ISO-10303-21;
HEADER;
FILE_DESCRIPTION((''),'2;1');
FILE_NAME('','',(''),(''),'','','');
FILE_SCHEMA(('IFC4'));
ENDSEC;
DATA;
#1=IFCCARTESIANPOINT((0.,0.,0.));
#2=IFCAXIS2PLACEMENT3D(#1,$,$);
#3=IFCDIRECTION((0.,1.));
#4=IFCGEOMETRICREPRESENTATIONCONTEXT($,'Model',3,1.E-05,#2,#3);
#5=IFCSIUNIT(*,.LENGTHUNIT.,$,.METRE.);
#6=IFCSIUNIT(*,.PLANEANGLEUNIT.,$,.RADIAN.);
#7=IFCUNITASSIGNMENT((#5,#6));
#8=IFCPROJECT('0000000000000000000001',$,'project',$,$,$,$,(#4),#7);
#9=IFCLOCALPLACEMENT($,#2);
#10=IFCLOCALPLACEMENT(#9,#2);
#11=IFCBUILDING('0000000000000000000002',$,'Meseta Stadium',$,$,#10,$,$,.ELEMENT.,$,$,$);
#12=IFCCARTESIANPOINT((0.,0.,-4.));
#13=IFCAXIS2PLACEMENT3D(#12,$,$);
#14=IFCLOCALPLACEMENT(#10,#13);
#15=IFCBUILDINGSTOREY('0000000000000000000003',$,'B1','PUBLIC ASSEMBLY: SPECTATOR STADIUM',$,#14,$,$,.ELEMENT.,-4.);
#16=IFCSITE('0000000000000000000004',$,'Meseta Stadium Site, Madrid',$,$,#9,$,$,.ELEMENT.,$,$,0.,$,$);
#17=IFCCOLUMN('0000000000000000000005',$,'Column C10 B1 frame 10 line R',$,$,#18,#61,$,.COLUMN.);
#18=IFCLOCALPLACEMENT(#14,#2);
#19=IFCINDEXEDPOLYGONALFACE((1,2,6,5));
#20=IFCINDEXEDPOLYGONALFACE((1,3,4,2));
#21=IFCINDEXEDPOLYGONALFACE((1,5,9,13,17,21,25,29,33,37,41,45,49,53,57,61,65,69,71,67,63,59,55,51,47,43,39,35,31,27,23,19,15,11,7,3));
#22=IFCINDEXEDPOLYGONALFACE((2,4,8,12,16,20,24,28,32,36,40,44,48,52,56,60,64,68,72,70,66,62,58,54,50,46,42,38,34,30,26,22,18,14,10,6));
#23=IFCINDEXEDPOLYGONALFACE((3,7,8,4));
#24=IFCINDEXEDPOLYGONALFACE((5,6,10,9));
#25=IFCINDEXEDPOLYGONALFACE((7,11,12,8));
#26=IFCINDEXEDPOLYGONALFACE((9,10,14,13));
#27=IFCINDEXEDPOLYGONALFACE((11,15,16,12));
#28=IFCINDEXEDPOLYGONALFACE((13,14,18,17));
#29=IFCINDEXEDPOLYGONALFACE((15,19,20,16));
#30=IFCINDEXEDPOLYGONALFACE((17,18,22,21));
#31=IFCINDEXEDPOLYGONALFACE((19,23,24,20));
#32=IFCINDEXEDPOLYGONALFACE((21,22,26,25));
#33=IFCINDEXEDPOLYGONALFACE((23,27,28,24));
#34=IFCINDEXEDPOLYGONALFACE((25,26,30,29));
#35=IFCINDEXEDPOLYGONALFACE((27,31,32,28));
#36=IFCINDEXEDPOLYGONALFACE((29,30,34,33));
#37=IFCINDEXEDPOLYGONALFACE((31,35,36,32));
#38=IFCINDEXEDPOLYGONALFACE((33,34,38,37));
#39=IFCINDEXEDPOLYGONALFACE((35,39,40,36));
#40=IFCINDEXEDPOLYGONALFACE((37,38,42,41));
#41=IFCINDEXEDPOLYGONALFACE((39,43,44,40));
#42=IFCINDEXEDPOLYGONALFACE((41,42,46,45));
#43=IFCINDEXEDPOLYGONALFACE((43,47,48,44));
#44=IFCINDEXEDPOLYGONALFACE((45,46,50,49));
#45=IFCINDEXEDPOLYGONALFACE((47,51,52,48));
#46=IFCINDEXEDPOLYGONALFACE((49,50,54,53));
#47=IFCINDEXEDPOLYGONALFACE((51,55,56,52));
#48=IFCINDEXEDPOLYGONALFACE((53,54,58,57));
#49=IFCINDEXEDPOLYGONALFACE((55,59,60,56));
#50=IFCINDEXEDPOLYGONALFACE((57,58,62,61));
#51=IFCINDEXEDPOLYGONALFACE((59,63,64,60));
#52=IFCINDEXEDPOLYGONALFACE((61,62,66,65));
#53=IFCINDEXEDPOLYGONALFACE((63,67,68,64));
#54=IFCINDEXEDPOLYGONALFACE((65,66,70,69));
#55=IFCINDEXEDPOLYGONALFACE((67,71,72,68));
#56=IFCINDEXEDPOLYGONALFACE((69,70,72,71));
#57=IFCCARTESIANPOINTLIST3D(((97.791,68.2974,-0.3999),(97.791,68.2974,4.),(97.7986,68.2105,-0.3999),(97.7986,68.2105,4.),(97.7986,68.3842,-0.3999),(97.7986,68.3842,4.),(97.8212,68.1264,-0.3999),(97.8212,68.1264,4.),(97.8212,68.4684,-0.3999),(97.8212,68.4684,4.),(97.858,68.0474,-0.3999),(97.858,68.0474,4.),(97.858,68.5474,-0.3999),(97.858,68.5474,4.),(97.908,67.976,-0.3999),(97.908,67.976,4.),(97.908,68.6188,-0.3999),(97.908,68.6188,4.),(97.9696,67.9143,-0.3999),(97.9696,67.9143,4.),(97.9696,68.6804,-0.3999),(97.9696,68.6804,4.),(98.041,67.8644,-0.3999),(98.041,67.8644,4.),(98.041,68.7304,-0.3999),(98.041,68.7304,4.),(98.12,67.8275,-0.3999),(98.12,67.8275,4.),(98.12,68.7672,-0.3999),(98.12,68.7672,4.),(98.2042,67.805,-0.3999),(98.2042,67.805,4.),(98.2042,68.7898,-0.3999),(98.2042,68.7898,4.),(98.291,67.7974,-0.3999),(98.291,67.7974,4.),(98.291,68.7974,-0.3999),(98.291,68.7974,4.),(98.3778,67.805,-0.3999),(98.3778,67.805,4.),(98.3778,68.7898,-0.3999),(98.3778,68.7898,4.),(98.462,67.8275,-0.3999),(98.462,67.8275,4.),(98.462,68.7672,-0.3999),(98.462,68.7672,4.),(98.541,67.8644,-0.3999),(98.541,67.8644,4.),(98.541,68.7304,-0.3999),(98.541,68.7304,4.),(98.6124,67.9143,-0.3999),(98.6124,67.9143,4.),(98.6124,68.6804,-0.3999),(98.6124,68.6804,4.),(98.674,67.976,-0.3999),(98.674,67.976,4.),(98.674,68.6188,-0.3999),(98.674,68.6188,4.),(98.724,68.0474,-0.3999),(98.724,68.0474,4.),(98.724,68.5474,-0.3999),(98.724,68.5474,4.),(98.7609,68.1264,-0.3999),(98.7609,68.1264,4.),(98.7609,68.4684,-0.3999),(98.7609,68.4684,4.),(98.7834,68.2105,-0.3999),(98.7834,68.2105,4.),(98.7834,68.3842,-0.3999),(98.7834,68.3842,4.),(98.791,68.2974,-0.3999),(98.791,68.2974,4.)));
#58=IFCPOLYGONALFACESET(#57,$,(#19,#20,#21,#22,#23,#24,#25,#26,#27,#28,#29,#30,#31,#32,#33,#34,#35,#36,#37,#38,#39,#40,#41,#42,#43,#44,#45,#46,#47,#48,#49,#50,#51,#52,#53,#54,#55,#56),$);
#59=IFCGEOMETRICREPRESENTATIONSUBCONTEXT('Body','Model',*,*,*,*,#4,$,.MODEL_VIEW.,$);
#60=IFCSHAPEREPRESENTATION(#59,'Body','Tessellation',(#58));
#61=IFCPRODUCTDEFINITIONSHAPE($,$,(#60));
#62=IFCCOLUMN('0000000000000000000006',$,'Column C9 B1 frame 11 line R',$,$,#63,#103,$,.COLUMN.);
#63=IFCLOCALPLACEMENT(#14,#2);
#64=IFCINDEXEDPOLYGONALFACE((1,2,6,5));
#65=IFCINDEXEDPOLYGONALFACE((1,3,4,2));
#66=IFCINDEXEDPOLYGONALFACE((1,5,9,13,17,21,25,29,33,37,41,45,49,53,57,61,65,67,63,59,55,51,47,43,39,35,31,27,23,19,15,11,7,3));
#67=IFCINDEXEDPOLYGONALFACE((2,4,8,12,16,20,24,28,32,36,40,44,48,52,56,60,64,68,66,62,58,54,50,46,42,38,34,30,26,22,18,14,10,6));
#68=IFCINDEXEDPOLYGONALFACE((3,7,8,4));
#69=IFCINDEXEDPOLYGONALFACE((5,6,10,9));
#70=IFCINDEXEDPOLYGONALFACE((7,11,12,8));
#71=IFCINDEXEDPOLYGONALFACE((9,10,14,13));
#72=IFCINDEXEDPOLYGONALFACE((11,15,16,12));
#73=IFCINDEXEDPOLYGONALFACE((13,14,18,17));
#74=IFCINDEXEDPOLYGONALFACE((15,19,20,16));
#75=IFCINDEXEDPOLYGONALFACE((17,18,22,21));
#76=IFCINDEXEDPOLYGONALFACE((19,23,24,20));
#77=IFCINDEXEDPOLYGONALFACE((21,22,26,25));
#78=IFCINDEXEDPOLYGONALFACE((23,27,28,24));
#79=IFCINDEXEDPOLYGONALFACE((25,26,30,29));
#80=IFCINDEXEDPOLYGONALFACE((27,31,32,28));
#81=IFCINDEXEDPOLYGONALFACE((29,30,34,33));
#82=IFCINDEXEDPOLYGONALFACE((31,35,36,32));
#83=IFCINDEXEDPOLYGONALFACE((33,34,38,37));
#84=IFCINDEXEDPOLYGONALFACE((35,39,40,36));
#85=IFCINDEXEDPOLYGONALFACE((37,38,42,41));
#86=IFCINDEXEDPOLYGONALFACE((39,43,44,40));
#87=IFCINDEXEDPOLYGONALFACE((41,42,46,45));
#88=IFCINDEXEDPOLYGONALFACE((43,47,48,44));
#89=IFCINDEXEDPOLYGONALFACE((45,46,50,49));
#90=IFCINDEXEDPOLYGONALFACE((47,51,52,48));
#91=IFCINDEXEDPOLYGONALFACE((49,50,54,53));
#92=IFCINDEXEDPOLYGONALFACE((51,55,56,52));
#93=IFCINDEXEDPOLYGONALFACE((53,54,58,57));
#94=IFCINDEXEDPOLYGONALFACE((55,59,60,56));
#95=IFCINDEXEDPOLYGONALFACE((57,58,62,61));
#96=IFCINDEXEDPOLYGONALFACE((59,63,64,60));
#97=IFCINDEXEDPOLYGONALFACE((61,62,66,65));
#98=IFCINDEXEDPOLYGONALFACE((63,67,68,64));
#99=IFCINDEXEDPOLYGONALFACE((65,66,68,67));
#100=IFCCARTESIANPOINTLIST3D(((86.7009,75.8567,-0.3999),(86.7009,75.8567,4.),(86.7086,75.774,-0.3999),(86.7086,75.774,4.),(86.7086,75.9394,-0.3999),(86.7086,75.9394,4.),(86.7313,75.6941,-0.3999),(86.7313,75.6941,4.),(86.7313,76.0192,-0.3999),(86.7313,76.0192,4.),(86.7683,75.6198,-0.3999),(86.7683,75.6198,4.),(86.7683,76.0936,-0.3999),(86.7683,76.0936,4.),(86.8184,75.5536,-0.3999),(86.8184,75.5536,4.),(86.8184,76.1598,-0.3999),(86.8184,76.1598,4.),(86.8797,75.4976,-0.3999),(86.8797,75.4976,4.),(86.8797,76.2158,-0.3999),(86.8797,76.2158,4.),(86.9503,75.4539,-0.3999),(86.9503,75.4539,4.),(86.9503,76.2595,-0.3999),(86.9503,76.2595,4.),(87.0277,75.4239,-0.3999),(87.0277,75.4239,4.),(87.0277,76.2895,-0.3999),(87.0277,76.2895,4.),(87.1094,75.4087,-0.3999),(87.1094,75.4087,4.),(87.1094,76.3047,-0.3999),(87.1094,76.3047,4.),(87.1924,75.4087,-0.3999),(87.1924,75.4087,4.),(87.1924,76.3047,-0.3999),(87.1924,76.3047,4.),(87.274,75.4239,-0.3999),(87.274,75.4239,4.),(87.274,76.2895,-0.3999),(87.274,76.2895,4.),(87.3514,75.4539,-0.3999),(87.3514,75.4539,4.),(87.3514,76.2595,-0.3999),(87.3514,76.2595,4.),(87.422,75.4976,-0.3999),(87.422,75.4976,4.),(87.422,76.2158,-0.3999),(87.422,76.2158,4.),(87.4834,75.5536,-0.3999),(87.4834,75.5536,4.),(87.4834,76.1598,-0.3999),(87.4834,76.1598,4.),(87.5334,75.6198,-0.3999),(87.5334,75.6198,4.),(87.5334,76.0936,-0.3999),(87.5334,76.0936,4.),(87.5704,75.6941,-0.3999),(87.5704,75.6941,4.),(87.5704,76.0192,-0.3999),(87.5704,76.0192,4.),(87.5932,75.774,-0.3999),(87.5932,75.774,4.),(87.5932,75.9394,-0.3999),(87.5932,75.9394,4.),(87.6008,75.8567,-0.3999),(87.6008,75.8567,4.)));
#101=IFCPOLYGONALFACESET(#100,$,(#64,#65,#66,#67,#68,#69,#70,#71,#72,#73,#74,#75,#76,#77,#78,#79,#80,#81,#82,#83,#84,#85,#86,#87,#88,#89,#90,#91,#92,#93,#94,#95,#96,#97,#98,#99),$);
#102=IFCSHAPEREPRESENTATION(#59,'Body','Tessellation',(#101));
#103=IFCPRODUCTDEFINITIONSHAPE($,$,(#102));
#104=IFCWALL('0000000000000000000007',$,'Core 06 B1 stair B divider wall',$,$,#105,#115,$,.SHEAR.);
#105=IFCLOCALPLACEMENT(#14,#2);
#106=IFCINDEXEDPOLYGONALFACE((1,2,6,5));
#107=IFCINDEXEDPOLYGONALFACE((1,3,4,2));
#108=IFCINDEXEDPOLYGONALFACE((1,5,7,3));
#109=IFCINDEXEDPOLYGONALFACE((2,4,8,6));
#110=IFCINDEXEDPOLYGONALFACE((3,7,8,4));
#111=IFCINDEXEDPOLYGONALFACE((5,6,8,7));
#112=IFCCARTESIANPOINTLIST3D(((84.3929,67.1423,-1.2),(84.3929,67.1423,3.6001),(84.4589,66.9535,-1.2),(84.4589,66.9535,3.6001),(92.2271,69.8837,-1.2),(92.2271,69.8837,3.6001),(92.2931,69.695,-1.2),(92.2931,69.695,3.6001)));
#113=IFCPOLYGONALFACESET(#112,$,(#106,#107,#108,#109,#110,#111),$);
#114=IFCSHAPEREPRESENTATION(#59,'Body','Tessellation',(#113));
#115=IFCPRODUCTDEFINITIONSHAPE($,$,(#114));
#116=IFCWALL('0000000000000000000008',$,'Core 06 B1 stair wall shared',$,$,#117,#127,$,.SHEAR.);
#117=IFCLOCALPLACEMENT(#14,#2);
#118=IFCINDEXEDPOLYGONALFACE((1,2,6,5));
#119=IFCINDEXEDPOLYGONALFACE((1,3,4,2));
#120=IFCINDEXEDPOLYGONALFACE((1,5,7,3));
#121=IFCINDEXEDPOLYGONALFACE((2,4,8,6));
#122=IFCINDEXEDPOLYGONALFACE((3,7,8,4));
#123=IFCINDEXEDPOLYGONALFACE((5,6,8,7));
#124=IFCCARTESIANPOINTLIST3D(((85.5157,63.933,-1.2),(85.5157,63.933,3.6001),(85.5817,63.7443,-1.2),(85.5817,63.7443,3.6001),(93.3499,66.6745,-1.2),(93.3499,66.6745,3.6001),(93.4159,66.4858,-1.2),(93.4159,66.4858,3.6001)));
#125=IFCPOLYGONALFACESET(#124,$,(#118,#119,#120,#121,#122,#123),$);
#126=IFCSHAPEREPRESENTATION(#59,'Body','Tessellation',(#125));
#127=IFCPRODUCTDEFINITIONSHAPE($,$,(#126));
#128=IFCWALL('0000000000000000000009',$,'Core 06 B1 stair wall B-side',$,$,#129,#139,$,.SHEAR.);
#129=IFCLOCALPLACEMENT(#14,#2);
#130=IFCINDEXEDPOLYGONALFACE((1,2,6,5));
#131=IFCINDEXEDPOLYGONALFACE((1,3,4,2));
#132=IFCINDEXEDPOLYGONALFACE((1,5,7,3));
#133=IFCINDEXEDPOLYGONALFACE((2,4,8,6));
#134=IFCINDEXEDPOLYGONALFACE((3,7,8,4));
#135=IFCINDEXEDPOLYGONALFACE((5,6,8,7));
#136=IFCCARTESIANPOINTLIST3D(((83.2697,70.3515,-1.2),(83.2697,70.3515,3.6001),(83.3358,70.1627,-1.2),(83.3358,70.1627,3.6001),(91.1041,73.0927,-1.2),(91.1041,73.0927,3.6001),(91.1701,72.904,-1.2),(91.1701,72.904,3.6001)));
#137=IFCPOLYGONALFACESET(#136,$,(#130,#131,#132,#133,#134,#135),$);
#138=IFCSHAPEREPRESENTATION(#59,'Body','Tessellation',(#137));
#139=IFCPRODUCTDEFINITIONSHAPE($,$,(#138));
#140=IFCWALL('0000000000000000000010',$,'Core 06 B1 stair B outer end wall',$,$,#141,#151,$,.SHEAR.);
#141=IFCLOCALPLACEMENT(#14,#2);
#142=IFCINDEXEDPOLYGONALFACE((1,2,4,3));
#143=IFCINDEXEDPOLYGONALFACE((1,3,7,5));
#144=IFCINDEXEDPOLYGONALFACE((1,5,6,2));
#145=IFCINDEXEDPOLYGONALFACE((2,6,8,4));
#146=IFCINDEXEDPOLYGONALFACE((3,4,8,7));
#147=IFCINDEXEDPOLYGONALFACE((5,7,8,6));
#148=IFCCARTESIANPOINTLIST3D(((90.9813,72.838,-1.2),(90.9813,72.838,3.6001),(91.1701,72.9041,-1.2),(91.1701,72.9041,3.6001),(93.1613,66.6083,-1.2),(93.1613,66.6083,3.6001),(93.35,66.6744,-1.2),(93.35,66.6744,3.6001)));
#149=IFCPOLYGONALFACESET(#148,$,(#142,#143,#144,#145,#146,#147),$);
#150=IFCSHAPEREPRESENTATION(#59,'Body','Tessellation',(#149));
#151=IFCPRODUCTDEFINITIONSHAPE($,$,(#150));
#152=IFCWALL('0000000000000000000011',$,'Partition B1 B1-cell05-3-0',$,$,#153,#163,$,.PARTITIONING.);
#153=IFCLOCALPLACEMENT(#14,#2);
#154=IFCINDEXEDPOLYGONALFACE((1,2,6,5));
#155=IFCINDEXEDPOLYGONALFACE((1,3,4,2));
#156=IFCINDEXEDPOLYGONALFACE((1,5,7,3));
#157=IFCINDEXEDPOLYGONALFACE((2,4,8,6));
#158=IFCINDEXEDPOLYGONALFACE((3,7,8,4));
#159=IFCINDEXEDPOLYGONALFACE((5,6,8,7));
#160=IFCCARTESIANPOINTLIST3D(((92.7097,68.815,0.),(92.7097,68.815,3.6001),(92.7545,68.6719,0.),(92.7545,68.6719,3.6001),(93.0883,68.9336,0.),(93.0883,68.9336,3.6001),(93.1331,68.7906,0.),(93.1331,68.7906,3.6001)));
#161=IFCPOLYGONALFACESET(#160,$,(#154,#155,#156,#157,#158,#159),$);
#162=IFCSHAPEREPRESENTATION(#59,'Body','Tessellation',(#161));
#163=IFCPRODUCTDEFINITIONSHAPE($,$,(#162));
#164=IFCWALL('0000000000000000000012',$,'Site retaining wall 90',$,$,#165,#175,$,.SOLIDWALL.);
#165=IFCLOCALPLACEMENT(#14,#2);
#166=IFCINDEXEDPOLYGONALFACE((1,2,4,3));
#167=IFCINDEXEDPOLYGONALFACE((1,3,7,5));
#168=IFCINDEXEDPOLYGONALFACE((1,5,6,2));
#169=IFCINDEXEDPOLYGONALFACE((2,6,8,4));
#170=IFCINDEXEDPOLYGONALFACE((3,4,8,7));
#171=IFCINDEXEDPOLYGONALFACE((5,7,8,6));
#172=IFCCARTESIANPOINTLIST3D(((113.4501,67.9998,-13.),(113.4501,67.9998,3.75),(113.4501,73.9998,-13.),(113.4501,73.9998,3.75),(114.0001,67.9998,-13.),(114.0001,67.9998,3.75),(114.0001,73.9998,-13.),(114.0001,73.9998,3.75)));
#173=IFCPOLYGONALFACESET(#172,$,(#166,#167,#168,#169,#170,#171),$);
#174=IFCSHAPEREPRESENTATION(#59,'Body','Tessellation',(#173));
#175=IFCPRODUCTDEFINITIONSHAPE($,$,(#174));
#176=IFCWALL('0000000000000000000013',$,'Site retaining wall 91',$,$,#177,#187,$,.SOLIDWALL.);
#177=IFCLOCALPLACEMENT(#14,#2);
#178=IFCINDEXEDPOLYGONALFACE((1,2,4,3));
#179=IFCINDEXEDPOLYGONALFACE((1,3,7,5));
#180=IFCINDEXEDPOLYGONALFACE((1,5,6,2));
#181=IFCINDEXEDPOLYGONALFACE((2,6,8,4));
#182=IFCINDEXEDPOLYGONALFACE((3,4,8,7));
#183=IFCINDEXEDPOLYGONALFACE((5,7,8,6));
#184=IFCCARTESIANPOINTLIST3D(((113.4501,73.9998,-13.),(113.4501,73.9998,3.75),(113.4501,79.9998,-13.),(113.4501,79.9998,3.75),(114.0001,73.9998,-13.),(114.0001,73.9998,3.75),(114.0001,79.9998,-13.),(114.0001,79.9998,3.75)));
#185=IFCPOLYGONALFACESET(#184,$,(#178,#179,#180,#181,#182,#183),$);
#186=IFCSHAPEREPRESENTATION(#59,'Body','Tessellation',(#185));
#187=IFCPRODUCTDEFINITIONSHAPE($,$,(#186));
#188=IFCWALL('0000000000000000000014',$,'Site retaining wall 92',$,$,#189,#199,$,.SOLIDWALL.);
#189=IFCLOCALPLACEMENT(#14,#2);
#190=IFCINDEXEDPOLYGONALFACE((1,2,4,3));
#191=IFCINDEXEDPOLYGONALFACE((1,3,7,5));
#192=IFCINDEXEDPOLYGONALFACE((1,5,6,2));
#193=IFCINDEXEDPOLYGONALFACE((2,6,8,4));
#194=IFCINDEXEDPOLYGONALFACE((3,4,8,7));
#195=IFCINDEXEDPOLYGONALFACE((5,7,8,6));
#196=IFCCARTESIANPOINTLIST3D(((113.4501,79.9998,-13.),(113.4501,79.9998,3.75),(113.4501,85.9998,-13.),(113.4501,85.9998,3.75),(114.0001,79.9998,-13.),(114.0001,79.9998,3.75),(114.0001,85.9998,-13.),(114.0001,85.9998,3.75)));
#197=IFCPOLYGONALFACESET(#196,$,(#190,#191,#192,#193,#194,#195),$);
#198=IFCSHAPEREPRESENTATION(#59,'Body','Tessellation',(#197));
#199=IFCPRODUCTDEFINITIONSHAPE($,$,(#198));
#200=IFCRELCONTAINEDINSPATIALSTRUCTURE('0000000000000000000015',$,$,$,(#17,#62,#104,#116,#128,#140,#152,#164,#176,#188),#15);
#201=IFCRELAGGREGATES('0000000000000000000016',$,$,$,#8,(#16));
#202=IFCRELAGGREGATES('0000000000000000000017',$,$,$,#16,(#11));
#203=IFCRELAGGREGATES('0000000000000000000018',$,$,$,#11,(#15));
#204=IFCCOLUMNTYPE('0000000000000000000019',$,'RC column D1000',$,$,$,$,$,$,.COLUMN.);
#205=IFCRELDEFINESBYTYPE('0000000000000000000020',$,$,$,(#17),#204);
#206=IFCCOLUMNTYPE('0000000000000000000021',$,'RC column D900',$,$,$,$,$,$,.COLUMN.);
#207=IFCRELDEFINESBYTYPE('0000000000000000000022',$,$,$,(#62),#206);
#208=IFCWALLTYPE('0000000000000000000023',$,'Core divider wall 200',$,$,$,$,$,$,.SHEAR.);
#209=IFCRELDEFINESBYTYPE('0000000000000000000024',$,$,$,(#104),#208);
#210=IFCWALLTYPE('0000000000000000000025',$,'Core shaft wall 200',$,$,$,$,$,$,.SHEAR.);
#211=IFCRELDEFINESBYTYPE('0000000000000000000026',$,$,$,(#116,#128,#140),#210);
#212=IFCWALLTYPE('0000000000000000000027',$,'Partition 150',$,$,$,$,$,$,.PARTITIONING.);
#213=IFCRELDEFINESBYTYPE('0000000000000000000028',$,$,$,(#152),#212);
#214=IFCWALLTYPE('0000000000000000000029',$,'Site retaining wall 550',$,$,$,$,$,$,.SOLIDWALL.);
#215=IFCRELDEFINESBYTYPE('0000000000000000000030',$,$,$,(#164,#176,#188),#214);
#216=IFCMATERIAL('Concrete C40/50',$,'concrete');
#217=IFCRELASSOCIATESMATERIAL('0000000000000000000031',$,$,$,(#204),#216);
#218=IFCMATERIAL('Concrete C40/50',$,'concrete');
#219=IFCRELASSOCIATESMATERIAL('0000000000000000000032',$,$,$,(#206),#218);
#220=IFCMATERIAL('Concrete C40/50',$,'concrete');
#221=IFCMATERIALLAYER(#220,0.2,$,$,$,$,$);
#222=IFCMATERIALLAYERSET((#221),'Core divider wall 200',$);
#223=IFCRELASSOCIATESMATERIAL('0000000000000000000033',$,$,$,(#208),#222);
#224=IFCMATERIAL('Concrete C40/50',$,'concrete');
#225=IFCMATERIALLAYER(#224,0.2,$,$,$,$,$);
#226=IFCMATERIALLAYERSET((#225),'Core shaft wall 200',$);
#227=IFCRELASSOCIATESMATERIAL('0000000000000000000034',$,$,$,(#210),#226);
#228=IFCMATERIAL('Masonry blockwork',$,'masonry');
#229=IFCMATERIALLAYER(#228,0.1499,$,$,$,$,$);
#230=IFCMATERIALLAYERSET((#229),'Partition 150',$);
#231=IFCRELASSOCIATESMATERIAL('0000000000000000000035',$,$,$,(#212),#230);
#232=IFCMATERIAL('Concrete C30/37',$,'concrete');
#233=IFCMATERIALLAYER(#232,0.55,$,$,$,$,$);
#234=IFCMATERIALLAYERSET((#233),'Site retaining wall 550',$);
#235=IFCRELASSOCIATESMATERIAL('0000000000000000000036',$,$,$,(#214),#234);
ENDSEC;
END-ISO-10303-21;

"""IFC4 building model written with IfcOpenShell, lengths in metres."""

from ifc_helpers import new_model, si_unit, direction, frame, frame_2d, origin, origin_2d, place, context, subcontext, project, spatial, rectangle, circle, extrude, material, layer, layer_set, material_profile, profile_set, type_object, element, save


model = new_model("IFC4")

# Units and contexts
model_context = context("Model", 3, precision=1e-05, world=origin(), true_north=direction((0.0, 1.0)))
body_context = subcontext(model_context, "Body", "Model", "MODEL_VIEW")
ifc_project = project(units=[si_unit("LENGTHUNIT", "METRE"), si_unit("PLANEANGLEUNIT", "RADIAN")], contexts=[model_context])

# Site, building, storey
site_placement = place(None, origin())
site = spatial("IfcSite", under=ifc_project, at=site_placement, Name="Meseta Stadium Site, Madrid", CompositionType="ELEMENT", RefElevation=0.0)
building_placement = place(site_placement, origin())
building = spatial("IfcBuilding", under=site, at=building_placement, Name="Meseta Stadium", CompositionType="ELEMENT")
storey_placement = place(building_placement, frame((0.0, 0.0, -4.0)))
storey = spatial("IfcBuildingStorey", under=building, at=storey_placement, Name="B1", Description="PUBLIC ASSEMBLY: SPECTATOR STADIUM", CompositionType="ELEMENT", Elevation=-4.0)

# Columns
ifc_material_1 = material(Name="Concrete C40/50", Category="concrete")
ifc_material_profile_1 = material_profile(ifc_material_1, circle(Radius=0.5, at=origin_2d()), Name="RC D1000")
ifc_profile_set_1 = profile_set([ifc_material_profile_1], Name="Concrete C40/50")
column_type_1 = type_object("IfcColumnType", Name="RC column D1000", PredefinedType="COLUMN", material=ifc_profile_set_1)
column_1_placement = place(storey_placement, frame((98.291, 68.2974, -0.3999), z_axis=(0.0, 0.0, 1.0), x_axis=(1.0, 0.0, 0.0)))
element("IfcColumn", 1, at=column_1_placement, inside=storey, type_object=column_type_1, Name="Column C10 B1 frame 10 line R", PredefinedType="COLUMN", context=body_context, shape_type="SweptSolid", body=[
    extrude(circle(Radius=0.5, at=origin_2d()), origin(), (0.0, 0.0, 1.0), 4.3999),
])
ifc_material_2 = material(Name="Concrete C40/50", Category="concrete")
ifc_material_profile_2 = material_profile(ifc_material_2, circle(Radius=0.45, at=origin_2d()), Name="RC D900")
ifc_profile_set_2 = profile_set([ifc_material_profile_2], Name="Concrete C40/50")
column_type_2 = type_object("IfcColumnType", Name="RC column D900", PredefinedType="COLUMN", material=ifc_profile_set_2)
column_2_placement = place(storey_placement, frame((87.1509, 75.8567, -0.3999), z_axis=(0.0, 0.0, 1.0), x_axis=(1.0, 0.0, 0.0)))
element("IfcColumn", 2, at=column_2_placement, inside=storey, type_object=column_type_2, Name="Column C9 B1 frame 11 line R", PredefinedType="COLUMN", context=body_context, shape_type="SweptSolid", body=[
    extrude(circle(Radius=0.45, at=origin_2d()), origin(), (0.0, 0.0, 1.0), 4.3999),
])

# Walls
ifc_material_3 = material(Name="Concrete C40/50", Category="concrete")
ifc_layer_1 = layer(ifc_material_3, 0.2)
ifc_layer_set_1 = layer_set([ifc_layer_1], Name="Core divider wall 200")
wall_type_1 = type_object("IfcWallType", Name="Core divider wall 200", PredefinedType="SHEAR", material=ifc_layer_set_1)
wall_1_placement = place(storey_placement, frame((92.26, 69.7893, -1.2), z_axis=(0.0, 0.0, 1.0), x_axis=(-0.943878, -0.330294, 0.0)))
element("IfcWall", 3, at=wall_1_placement, inside=storey, type_object=wall_type_1, Name="Core 06 B1 stair B divider wall", PredefinedType="SHEAR", context=body_context, shape_type="SweptSolid", body=[
    extrude(rectangle(XDim=8.3, YDim=0.2, at=frame_2d((4.1499, 0.0))), origin(), (0.0, 0.0, 1.0), 4.8),
])
ifc_material_4 = material(Name="Concrete C40/50", Category="concrete")
ifc_layer_2 = layer(ifc_material_4, 0.2)
ifc_layer_set_2 = layer_set([ifc_layer_2], Name="Core shaft wall 200")
wall_type_2 = type_object("IfcWallType", Name="Core shaft wall 200", PredefinedType="SHEAR", material=ifc_layer_set_2)
for number, where, z_axis, x_axis, name in (
    (4, (93.3828, 66.5801, -1.2), (0.0, 0.0, 1.0), (-0.943878, -0.330294, 0.0), "Core 06 B1 stair wall shared"),
    (5, (91.137, 72.9983, -1.2), (0.0, 0.0, 1.0), (-0.943887, -0.330268, 0.0), "Core 06 B1 stair wall B-side"),
):
    element("IfcWall", number, at=place(storey_placement, frame(where, z_axis=z_axis, x_axis=x_axis)), inside=storey, type_object=wall_type_2, Name=name, PredefinedType="SHEAR", context=body_context, shape_type="SweptSolid", body=[
        extrude(rectangle(XDim=8.3, YDim=0.2, at=frame_2d((4.1499, 0.0))), origin(), (0.0, 0.0, 1.0), 4.8),
    ])
wall_2_placement = place(storey_placement, frame((93.2556, 66.6414, -1.2), z_axis=(0.0, 0.0, 1.0), x_axis=(-0.330286, 0.943881, 0.0)))
element("IfcWall", 6, at=wall_2_placement, inside=storey, type_object=wall_type_2, Name="Core 06 B1 stair B outer end wall", PredefinedType="SHEAR", context=body_context, shape_type="SweptSolid", body=[
    extrude(rectangle(XDim=6.6001, YDim=0.2, at=frame_2d((3.3, 0.0))), origin(), (0.0, 0.0, 1.0), 4.8),
])
ifc_material_5 = material(Name="Masonry blockwork", Category="masonry")
ifc_layer_3 = layer(ifc_material_5, 0.1499)
ifc_layer_set_3 = layer_set([ifc_layer_3], Name="Partition 150")
wall_type_3 = type_object("IfcWallType", Name="Partition 150", PredefinedType="PARTITIONING", material=ifc_layer_set_3)
wall_3_placement = place(storey_placement, frame((93.1106, 68.8621, 0.0), z_axis=(0.0, 0.0, 1.0), x_axis=(-0.95425, -0.299011, 0.0)))
element("IfcWall", 7, at=wall_3_placement, inside=storey, type_object=wall_type_3, Name="Partition B1 B1-cell05-3-0", PredefinedType="PARTITIONING", context=body_context, shape_type="SweptSolid", body=[
    extrude(rectangle(XDim=0.3967, YDim=0.1499, at=frame_2d((0.1982, 0.0))), origin(), (0.0, 0.0, 1.0), 3.6001),
])
ifc_material_6 = material(Name="Concrete C30/37", Category="concrete")
ifc_layer_4 = layer(ifc_material_6, 0.55)
ifc_layer_set_4 = layer_set([ifc_layer_4], Name="Site retaining wall 550")
wall_type_4 = type_object("IfcWallType", Name="Site retaining wall 550", PredefinedType="SOLIDWALL", material=ifc_layer_set_4)
for number, where, z_axis, x_axis, name in (
    (8, (113.7251, 67.9998, -13.0), (0.0, 0.0, 1.0), (0.0, 1.0, 0.0), "Site retaining wall 90"),
    (9, (113.7251, 73.9998, -13.0), (0.0, 0.0, 1.0), (0.0, 1.0, 0.0), "Site retaining wall 91"),
    (10, (113.7251, 79.9998, -13.0), (0.0, 0.0, 1.0), (0.0, 1.0, 0.0), "Site retaining wall 92"),
):
    element("IfcWall", number, at=place(storey_placement, frame(where, z_axis=z_axis, x_axis=x_axis)), inside=storey, type_object=wall_type_4, Name=name, PredefinedType="SOLIDWALL", context=body_context, shape_type="SweptSolid", body=[
        extrude(rectangle(XDim=6.0, YDim=0.55, at=frame_2d((3.0, 0.0))), origin(), (0.0, 0.0, 1.0), 16.75),
    ])

save(model, "model.ifc")
